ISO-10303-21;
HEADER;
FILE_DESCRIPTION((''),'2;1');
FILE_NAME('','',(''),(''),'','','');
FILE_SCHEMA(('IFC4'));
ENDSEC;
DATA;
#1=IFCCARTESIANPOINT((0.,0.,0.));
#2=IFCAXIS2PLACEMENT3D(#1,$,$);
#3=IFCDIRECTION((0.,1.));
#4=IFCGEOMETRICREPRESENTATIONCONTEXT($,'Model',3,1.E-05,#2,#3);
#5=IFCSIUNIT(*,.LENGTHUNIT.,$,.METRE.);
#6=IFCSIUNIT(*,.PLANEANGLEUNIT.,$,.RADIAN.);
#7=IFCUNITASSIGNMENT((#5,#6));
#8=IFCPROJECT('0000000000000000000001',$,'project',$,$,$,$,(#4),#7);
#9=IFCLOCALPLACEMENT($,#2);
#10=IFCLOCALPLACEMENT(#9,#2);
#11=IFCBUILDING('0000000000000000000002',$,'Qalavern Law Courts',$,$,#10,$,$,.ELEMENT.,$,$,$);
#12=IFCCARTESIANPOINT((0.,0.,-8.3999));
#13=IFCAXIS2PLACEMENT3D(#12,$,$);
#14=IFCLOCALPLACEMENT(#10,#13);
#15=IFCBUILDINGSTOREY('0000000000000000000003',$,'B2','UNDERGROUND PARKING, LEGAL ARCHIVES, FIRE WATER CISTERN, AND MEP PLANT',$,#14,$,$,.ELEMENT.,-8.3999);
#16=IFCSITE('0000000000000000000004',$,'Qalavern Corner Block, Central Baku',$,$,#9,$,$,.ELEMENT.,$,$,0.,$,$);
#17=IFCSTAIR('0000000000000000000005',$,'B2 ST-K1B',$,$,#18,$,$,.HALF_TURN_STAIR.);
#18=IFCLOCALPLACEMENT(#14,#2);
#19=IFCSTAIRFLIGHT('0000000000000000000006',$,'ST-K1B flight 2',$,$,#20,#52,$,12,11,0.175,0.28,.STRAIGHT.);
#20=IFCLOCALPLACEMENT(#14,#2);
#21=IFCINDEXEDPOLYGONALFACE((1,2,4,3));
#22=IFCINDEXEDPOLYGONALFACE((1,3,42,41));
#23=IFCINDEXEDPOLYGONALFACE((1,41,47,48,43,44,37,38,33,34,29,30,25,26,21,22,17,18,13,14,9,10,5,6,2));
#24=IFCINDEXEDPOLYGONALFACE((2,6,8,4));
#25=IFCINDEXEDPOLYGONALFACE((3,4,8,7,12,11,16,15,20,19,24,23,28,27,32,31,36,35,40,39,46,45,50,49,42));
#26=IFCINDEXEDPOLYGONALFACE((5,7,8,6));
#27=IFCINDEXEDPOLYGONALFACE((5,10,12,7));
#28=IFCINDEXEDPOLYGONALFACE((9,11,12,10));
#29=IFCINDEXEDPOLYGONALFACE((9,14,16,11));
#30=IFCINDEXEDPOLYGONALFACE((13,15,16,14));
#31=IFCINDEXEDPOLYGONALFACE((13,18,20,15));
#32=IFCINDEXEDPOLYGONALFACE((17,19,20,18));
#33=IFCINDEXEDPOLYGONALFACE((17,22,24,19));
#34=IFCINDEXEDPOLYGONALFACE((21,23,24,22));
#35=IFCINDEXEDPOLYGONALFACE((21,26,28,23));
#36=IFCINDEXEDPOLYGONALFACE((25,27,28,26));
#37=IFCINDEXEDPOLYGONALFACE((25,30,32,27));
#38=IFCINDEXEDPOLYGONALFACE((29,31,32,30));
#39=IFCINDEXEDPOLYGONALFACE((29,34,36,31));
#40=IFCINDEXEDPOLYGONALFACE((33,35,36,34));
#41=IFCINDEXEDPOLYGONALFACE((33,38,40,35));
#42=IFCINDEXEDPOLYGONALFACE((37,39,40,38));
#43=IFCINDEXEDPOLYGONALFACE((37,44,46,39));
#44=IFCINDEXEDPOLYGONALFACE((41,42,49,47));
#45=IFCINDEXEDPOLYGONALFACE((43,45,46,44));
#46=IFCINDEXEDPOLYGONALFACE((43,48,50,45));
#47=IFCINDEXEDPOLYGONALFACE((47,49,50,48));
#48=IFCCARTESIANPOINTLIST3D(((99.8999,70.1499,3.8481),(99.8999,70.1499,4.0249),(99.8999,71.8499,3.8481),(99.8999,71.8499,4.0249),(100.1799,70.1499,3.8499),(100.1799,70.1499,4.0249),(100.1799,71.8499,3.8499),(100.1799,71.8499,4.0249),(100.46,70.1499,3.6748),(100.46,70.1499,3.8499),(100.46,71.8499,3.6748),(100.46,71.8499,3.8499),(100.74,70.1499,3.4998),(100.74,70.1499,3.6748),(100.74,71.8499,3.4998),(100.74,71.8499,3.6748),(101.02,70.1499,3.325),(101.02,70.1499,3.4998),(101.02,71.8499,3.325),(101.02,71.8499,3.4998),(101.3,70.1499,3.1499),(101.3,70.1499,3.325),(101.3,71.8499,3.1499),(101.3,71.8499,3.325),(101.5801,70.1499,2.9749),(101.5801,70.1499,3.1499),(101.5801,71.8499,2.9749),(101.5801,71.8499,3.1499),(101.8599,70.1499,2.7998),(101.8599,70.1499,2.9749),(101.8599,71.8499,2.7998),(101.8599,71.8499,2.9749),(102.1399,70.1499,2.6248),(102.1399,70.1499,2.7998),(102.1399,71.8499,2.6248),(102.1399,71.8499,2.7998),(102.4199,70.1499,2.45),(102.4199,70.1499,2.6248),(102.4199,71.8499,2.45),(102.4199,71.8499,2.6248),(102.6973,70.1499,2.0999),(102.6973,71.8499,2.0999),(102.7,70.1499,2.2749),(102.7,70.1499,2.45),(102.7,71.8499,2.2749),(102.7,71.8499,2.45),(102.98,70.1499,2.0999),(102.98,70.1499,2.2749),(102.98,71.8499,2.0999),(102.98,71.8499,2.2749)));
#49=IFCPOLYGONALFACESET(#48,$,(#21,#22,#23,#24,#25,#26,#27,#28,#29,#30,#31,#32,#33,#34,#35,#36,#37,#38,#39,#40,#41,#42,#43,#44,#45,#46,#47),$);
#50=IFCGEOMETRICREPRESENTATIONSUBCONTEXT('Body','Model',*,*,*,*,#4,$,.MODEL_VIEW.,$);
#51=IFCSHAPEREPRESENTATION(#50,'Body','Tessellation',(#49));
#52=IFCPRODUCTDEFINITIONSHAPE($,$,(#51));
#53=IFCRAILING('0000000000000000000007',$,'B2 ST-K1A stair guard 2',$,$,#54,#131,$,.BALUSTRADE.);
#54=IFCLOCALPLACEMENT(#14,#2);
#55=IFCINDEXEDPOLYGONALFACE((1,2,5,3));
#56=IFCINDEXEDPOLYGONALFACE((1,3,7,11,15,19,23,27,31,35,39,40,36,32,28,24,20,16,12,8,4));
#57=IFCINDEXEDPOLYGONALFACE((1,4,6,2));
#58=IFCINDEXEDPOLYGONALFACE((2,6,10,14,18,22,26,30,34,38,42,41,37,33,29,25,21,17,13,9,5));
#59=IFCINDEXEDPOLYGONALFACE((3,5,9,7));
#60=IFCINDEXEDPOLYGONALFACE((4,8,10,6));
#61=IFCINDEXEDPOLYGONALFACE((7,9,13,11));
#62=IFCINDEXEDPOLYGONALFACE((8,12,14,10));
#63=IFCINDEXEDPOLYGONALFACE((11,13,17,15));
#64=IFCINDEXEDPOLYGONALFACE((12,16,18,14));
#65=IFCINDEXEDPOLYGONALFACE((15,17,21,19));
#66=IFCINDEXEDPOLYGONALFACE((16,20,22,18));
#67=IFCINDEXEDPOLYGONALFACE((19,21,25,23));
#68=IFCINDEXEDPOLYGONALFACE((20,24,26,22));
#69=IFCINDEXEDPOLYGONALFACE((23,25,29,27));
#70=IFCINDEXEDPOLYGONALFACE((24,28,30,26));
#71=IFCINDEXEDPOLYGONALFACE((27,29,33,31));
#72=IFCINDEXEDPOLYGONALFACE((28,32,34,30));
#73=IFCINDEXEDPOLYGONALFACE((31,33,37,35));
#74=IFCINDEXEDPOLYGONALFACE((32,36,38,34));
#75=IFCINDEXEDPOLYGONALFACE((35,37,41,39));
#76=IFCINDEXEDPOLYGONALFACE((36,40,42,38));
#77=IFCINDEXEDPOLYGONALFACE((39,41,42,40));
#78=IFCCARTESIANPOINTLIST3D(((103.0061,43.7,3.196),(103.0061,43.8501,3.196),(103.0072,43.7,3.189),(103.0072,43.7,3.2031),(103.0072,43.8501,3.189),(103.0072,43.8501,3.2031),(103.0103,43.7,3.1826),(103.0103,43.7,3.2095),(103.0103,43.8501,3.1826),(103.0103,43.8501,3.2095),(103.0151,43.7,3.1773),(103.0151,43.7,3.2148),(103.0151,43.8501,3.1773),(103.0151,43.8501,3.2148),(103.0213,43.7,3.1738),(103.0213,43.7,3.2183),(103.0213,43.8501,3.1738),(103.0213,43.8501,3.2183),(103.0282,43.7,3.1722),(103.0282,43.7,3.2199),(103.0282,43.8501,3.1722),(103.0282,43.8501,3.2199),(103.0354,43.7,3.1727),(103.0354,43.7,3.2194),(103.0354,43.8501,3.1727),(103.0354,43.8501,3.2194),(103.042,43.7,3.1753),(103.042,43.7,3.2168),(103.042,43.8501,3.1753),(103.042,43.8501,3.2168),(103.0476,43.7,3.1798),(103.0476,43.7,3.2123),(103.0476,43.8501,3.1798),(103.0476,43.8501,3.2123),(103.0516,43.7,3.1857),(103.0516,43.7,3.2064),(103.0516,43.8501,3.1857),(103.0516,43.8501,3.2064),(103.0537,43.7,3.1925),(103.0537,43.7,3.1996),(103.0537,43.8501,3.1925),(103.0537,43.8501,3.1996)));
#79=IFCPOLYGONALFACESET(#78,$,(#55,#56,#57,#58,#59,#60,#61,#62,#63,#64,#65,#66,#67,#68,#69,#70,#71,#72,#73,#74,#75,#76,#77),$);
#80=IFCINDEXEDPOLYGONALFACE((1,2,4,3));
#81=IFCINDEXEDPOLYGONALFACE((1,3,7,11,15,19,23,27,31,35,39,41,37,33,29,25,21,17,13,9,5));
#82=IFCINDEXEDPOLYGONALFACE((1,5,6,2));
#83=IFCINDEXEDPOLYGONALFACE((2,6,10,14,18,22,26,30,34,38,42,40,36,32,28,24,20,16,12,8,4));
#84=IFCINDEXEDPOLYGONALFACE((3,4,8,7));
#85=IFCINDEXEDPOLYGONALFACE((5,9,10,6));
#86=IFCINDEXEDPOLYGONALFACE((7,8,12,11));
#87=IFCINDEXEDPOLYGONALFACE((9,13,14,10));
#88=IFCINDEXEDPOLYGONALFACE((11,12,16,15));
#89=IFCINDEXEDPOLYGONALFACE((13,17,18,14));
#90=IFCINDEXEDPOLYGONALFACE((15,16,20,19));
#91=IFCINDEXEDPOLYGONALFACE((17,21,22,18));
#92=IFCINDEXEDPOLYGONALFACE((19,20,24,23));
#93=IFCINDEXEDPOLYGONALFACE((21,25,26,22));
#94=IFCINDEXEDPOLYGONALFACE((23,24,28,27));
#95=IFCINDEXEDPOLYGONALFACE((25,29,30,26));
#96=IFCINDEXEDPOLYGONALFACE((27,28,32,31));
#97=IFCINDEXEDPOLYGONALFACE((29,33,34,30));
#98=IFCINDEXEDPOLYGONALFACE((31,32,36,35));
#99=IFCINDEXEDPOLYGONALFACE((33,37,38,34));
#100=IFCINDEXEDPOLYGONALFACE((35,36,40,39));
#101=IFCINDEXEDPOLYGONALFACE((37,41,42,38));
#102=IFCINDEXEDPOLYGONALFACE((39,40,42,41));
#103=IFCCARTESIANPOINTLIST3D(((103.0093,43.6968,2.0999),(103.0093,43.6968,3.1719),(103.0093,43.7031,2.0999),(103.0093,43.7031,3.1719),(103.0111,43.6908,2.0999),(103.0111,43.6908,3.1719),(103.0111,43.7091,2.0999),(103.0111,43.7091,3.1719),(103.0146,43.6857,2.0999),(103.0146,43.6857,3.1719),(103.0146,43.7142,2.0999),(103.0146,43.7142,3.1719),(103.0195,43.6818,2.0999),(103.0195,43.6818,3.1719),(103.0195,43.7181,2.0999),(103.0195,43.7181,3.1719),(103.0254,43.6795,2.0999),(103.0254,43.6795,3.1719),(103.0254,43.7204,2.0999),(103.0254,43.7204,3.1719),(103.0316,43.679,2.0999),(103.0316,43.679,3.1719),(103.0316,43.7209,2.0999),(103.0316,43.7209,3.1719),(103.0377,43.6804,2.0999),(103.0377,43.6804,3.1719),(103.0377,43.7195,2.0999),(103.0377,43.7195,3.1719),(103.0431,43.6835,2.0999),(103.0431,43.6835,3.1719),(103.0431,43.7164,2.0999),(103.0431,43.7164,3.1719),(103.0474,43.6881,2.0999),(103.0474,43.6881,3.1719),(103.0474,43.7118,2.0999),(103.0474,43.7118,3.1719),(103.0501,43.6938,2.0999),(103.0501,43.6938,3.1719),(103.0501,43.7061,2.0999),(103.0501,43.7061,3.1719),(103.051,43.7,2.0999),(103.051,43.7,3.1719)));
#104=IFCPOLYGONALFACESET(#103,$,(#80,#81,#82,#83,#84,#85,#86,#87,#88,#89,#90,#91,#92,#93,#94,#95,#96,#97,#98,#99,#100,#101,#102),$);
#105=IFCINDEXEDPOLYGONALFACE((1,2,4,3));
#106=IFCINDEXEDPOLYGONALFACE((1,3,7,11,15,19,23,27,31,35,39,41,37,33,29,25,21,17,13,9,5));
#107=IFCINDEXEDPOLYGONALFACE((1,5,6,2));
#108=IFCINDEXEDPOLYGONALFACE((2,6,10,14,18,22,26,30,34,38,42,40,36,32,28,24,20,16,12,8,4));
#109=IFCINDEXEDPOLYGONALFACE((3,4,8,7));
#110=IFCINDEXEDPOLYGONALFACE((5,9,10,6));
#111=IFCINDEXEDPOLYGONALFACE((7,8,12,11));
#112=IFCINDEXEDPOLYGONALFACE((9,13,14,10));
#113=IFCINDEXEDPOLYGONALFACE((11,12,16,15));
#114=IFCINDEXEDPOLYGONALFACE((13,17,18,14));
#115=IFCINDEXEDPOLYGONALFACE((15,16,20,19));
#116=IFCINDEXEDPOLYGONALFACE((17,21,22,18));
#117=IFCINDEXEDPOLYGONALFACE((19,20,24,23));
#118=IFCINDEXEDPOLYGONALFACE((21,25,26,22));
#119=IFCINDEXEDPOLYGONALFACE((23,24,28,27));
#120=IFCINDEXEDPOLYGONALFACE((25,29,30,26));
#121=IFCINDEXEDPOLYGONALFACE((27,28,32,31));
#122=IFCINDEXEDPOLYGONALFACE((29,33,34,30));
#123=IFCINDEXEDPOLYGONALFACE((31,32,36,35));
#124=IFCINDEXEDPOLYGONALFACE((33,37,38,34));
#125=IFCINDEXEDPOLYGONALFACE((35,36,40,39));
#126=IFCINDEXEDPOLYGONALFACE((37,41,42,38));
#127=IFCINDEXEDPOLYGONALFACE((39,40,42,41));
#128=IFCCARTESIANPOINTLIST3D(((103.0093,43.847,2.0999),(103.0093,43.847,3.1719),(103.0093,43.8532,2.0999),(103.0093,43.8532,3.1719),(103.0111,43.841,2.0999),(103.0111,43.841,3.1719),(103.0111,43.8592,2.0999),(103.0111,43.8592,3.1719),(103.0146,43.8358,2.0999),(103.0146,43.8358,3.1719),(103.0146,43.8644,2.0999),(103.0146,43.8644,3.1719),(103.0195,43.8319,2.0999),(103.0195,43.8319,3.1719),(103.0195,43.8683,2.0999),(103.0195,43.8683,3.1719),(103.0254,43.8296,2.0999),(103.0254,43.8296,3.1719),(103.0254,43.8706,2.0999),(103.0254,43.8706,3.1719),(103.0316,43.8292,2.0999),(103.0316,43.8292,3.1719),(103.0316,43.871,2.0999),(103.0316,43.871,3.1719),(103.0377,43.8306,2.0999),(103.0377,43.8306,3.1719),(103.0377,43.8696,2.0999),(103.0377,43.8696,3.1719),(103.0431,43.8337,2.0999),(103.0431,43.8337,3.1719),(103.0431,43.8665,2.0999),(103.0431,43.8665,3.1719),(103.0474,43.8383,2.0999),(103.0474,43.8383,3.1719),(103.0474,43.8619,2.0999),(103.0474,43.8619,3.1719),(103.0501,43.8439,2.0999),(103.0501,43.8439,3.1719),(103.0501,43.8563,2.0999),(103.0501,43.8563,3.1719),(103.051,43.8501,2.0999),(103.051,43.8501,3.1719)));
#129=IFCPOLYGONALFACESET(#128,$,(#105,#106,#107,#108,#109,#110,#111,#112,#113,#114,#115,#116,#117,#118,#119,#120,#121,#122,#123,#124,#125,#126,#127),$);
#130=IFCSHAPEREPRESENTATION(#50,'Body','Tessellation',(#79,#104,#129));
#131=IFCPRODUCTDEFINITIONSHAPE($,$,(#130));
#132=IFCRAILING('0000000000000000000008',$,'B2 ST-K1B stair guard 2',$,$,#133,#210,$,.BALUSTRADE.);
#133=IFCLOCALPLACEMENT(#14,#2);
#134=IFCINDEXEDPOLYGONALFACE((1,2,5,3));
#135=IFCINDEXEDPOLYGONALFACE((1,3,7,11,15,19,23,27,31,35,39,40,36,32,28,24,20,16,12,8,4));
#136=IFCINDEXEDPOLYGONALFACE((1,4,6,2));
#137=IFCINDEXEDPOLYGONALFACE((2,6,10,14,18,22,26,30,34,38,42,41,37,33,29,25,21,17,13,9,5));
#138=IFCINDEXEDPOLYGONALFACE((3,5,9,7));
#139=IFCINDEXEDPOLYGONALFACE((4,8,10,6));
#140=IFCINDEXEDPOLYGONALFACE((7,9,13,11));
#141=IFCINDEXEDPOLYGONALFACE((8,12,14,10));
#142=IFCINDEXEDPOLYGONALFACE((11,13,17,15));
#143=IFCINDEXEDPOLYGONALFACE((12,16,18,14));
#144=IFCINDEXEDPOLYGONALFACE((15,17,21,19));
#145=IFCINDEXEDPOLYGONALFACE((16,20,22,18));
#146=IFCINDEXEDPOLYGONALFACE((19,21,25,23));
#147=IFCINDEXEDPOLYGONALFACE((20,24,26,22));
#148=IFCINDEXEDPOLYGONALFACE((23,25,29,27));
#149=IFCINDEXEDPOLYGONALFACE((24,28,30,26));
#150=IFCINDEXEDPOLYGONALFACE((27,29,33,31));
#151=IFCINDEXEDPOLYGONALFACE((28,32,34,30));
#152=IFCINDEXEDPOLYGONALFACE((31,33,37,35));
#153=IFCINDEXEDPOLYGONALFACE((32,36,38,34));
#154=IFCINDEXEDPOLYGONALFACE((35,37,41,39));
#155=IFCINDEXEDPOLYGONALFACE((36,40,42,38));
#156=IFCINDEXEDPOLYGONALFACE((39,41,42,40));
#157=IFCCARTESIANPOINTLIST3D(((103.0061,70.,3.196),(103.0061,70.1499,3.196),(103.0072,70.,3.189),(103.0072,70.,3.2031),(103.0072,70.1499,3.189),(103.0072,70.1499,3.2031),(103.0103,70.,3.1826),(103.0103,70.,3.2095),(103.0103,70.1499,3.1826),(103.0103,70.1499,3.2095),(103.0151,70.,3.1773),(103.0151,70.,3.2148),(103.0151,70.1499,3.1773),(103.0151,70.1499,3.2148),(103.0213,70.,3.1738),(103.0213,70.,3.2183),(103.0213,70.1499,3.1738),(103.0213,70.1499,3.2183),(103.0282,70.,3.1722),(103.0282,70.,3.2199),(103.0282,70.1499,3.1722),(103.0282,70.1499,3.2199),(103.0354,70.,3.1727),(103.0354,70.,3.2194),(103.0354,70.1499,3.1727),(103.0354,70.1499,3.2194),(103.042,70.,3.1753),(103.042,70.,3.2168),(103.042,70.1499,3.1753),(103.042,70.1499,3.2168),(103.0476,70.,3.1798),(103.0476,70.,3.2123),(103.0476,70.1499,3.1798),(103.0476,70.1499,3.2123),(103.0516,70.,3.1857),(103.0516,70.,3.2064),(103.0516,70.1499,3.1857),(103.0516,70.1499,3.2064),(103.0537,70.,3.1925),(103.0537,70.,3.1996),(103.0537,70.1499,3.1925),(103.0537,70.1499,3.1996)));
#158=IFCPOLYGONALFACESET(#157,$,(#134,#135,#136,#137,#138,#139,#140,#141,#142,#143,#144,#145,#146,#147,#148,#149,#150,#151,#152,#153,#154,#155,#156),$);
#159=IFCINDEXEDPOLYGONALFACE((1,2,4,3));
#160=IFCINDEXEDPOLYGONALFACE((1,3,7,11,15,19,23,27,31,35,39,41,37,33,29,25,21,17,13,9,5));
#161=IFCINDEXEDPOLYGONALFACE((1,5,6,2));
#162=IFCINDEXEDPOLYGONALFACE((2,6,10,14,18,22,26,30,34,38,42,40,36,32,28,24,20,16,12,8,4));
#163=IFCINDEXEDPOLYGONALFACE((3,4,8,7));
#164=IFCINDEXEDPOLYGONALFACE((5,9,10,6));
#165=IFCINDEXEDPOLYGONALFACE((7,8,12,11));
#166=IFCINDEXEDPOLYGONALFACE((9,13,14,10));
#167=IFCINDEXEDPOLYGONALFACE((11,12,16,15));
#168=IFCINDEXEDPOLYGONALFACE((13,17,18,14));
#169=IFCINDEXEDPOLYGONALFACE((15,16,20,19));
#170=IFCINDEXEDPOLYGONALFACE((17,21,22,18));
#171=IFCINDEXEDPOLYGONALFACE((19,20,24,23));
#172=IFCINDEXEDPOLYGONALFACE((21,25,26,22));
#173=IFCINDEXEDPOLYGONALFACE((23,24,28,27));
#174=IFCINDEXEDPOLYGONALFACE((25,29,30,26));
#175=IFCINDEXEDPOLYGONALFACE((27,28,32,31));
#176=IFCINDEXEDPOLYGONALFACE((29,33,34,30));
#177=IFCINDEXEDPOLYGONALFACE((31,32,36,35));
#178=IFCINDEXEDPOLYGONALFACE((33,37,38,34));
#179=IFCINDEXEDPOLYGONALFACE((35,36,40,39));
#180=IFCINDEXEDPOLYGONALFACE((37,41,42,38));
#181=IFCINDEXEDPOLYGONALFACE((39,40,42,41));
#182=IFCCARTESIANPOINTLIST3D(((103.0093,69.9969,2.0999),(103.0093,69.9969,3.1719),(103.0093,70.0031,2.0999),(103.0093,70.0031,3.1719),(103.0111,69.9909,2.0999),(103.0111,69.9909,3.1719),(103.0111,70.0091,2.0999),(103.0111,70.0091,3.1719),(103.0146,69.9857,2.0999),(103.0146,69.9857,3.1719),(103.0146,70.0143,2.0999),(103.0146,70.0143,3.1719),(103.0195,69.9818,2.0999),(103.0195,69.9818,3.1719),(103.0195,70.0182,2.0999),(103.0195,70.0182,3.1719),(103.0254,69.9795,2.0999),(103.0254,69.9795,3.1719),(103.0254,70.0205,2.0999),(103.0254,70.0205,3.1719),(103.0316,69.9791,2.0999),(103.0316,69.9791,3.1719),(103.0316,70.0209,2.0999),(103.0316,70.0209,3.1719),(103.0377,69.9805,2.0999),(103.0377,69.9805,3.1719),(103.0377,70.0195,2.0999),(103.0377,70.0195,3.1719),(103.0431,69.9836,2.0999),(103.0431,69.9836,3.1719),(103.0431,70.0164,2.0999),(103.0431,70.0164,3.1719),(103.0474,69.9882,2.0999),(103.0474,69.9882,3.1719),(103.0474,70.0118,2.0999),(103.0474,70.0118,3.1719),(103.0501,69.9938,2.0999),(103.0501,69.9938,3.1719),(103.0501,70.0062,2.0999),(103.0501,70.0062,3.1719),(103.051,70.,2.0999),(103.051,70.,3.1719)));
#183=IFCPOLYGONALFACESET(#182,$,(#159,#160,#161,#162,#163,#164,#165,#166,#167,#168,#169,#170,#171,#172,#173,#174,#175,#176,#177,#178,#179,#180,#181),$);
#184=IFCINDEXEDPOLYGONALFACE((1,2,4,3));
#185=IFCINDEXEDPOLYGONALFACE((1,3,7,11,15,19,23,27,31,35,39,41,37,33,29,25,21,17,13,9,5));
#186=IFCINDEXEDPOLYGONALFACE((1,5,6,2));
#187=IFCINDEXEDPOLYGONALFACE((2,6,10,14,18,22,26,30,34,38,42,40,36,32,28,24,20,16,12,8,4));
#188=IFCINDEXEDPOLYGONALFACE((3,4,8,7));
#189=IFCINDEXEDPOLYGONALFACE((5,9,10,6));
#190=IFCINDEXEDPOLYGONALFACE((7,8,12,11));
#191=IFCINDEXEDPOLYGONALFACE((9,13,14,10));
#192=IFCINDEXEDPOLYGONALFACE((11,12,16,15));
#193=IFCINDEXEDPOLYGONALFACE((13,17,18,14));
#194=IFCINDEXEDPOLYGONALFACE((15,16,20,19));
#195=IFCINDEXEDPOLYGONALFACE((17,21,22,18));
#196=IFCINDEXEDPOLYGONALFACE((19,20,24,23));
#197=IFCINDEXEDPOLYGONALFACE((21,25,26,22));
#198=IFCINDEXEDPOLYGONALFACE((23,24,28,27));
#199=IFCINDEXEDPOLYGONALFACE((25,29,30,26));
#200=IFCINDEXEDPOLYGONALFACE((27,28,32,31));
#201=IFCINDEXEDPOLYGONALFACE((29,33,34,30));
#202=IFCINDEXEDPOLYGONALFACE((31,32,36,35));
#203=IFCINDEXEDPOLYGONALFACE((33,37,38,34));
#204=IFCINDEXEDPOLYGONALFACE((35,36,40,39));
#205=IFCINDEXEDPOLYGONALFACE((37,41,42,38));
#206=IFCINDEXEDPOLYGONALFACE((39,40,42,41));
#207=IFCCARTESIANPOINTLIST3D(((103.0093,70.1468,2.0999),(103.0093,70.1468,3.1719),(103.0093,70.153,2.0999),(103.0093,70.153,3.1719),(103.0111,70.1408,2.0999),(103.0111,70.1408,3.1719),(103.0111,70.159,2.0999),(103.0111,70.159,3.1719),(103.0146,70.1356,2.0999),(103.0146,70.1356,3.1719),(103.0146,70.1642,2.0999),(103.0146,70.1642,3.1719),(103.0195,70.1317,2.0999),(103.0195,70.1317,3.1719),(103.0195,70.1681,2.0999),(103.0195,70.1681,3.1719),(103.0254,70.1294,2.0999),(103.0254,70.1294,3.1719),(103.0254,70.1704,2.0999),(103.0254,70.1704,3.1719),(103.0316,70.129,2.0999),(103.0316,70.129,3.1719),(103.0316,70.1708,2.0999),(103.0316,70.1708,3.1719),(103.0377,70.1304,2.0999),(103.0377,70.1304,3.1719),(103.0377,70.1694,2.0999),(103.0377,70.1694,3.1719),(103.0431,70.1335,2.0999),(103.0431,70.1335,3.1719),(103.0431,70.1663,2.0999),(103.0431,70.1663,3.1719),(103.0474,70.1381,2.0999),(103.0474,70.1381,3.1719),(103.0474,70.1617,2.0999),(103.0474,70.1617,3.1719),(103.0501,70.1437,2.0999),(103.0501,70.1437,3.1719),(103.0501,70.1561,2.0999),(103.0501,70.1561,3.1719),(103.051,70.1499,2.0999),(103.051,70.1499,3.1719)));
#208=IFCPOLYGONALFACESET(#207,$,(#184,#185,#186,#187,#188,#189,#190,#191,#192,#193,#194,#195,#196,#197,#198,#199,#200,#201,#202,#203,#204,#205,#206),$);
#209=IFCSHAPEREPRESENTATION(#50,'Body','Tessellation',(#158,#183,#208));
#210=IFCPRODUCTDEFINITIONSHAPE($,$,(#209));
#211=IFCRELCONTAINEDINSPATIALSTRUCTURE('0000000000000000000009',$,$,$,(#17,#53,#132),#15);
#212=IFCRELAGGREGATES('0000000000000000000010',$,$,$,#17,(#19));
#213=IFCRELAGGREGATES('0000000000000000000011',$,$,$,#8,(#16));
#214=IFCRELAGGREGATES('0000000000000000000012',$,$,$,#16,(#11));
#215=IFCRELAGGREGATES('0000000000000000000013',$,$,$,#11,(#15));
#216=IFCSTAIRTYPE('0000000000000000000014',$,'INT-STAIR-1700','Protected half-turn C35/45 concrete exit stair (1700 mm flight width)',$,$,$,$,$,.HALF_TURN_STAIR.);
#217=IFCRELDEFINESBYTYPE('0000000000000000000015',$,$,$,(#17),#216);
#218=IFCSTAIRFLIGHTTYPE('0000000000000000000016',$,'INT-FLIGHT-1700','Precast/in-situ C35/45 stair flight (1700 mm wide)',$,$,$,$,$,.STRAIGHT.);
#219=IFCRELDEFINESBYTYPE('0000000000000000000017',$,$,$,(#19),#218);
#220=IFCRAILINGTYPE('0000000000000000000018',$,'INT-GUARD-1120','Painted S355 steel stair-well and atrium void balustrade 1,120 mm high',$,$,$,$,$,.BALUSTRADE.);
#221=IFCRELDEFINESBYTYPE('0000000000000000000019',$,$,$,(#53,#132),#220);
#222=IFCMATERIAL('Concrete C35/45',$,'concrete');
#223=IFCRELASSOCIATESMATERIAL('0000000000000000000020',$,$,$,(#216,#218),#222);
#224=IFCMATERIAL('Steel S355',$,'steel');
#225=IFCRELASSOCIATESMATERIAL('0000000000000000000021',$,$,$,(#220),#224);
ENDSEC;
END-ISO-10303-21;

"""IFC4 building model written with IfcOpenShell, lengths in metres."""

from ifc_helpers import new_model, si_unit, direction, frame, origin, origin_2d, place, context, subcontext, project, spatial, polyline, circle, outline, extrude, material, type_object, element, aggregate, save


model = new_model("IFC4")

# Units and contexts
model_context = context("Model", 3, precision=1e-05, world=origin(), true_north=direction((0.0, 1.0)))
body_context = subcontext(model_context, "Body", "Model", "MODEL_VIEW")
ifc_project = project(units=[si_unit("LENGTHUNIT", "METRE"), si_unit("PLANEANGLEUNIT", "RADIAN")], contexts=[model_context])

# Site, building, storey
site_placement = place(None, origin())
site = spatial("IfcSite", under=ifc_project, at=site_placement, Name="Qalavern Corner Block, Central Baku", CompositionType="ELEMENT", RefElevation=0.0)
building_placement = place(site_placement, origin())
building = spatial("IfcBuilding", under=site, at=building_placement, Name="Qalavern Law Courts", CompositionType="ELEMENT")
storey_placement = place(building_placement, frame((0.0, 0.0, -8.3999)))
storey = spatial("IfcBuildingStorey", under=building, at=storey_placement, Name="B2", Description="UNDERGROUND PARKING, LEGAL ARCHIVES, FIRE WATER CISTERN, AND MEP PLANT", CompositionType="ELEMENT", Elevation=-8.3999)

# Shared definitions
ifc_material_1 = material(Name="Concrete C35/45", Category="concrete")

# Stair, stair flight
stair_type = type_object("IfcStairType", Name="INT-STAIR-1700", Description="Protected half-turn C35/45 concrete exit stair (1700 mm flight width)", PredefinedType="HALF_TURN_STAIR", material=ifc_material_1)
stair_flight_type = type_object("IfcStairFlightType", Name="INT-FLIGHT-1700", Description="Precast/in-situ C35/45 stair flight (1700 mm wide)", PredefinedType="STRAIGHT", material=ifc_material_1)
stair_1_placement = place(storey_placement, origin())
stair_1 = element("IfcStair", 1, at=stair_1_placement, inside=storey, type_object=stair_type, Name="B2 ST-K1B", PredefinedType="HALF_TURN_STAIR")
stair_flight_1_placement = place(storey_placement, frame((102.98, 71.0, 2.0999), z_axis=(0.0, 0.0, 1.0), x_axis=(-1.0, 0.0, 0.0)))
stair_flight_1 = element("IfcStairFlight", 2, at=stair_flight_1_placement, type_object=stair_flight_type, Name="ST-K1B flight 2", NumberOfRisers=12, NumberOfTreads=11, PredefinedType="STRAIGHT", RiserHeight=0.175, TreadLength=0.28, context=body_context, shape_type="SweptSolid", body=[
    extrude(outline(polyline([(0.0, 0.0), (0.0, 0.175), (0.28, 0.175), (0.28, 0.3501), (0.5601, 0.3501), (0.5601, 0.5249), (0.8401, 0.5249), (0.8401, 0.7), (1.1201, 0.7), (1.1201, 0.875), (1.3999, 0.875), (1.3999, 1.05), (1.6799, 1.05), (1.6799, 1.2251), (1.96, 1.2251), (1.96, 1.3999), (2.24, 1.3999), (2.24, 1.575), (2.52, 1.575), (2.52, 1.75), (2.8, 1.75), (2.8, 1.925), (3.0801, 1.925), (3.0801, 2.1001), (3.0801, 1.7483), (0.2827, 0.0), (0.0, 0.0)])), frame((0.0, 0.8501, 0.0), z_axis=(0.0, -1.0, 0.0), x_axis=(1.0, 0.0, 0.0)), (0.0, 0.0, 1.0), 1.7),
])
aggregate(stair_1, [stair_flight_1])

# Railings
ifc_material_2 = material(Name="Steel S355", Category="steel")
railing_type_1 = type_object("IfcRailingType", Name="INT-GUARD-1120", Description="Painted S355 steel stair-well and atrium void balustrade 1,120 mm high", PredefinedType="BALUSTRADE", material=ifc_material_2)
railing_1_placement = place(storey_placement, frame((103.03, 43.7, 2.0999)))
element("IfcRailing", 3, at=railing_1_placement, inside=storey, type_object=railing_type_1, Name="B2 ST-K1A stair guard 2", PredefinedType="BALUSTRADE", context=body_context, shape_type="SweptSolid", body=[
    extrude(circle(Radius=0.0239, at=origin_2d()), frame((0.0, 0.0, 1.0962), z_axis=(0.0, 1.0, 0.0), x_axis=(-1.0, 0.0, 0.0)), (0.0, 0.0, 1.0), 0.1501),
    extrude(circle(Radius=0.021, at=origin_2d()), origin(), (0.0, 0.0, 1.0), 1.072),
    extrude(circle(Radius=0.021, at=origin_2d()), frame((0.0, 0.1501, 0.0)), (0.0, 0.0, 1.0), 1.072),
])
railing_2_placement = place(storey_placement, frame((103.03, 70.0, 2.0999)))
element("IfcRailing", 4, at=railing_2_placement, inside=storey, type_object=railing_type_1, Name="B2 ST-K1B stair guard 2", PredefinedType="BALUSTRADE", context=body_context, shape_type="SweptSolid", body=[
    extrude(circle(Radius=0.0239, at=origin_2d()), frame((0.0, 0.0, 1.0962), z_axis=(0.0, 1.0, 0.0), x_axis=(-1.0, 0.0, 0.0)), (0.0, 0.0, 1.0), 0.1499),
    extrude(circle(Radius=0.021, at=origin_2d()), origin(), (0.0, 0.0, 1.0), 1.072),
    extrude(circle(Radius=0.021, at=origin_2d()), frame((0.0, 0.1499, 0.0)), (0.0, 0.0, 1.0), 1.072),
])

save(model, "model.ifc")
